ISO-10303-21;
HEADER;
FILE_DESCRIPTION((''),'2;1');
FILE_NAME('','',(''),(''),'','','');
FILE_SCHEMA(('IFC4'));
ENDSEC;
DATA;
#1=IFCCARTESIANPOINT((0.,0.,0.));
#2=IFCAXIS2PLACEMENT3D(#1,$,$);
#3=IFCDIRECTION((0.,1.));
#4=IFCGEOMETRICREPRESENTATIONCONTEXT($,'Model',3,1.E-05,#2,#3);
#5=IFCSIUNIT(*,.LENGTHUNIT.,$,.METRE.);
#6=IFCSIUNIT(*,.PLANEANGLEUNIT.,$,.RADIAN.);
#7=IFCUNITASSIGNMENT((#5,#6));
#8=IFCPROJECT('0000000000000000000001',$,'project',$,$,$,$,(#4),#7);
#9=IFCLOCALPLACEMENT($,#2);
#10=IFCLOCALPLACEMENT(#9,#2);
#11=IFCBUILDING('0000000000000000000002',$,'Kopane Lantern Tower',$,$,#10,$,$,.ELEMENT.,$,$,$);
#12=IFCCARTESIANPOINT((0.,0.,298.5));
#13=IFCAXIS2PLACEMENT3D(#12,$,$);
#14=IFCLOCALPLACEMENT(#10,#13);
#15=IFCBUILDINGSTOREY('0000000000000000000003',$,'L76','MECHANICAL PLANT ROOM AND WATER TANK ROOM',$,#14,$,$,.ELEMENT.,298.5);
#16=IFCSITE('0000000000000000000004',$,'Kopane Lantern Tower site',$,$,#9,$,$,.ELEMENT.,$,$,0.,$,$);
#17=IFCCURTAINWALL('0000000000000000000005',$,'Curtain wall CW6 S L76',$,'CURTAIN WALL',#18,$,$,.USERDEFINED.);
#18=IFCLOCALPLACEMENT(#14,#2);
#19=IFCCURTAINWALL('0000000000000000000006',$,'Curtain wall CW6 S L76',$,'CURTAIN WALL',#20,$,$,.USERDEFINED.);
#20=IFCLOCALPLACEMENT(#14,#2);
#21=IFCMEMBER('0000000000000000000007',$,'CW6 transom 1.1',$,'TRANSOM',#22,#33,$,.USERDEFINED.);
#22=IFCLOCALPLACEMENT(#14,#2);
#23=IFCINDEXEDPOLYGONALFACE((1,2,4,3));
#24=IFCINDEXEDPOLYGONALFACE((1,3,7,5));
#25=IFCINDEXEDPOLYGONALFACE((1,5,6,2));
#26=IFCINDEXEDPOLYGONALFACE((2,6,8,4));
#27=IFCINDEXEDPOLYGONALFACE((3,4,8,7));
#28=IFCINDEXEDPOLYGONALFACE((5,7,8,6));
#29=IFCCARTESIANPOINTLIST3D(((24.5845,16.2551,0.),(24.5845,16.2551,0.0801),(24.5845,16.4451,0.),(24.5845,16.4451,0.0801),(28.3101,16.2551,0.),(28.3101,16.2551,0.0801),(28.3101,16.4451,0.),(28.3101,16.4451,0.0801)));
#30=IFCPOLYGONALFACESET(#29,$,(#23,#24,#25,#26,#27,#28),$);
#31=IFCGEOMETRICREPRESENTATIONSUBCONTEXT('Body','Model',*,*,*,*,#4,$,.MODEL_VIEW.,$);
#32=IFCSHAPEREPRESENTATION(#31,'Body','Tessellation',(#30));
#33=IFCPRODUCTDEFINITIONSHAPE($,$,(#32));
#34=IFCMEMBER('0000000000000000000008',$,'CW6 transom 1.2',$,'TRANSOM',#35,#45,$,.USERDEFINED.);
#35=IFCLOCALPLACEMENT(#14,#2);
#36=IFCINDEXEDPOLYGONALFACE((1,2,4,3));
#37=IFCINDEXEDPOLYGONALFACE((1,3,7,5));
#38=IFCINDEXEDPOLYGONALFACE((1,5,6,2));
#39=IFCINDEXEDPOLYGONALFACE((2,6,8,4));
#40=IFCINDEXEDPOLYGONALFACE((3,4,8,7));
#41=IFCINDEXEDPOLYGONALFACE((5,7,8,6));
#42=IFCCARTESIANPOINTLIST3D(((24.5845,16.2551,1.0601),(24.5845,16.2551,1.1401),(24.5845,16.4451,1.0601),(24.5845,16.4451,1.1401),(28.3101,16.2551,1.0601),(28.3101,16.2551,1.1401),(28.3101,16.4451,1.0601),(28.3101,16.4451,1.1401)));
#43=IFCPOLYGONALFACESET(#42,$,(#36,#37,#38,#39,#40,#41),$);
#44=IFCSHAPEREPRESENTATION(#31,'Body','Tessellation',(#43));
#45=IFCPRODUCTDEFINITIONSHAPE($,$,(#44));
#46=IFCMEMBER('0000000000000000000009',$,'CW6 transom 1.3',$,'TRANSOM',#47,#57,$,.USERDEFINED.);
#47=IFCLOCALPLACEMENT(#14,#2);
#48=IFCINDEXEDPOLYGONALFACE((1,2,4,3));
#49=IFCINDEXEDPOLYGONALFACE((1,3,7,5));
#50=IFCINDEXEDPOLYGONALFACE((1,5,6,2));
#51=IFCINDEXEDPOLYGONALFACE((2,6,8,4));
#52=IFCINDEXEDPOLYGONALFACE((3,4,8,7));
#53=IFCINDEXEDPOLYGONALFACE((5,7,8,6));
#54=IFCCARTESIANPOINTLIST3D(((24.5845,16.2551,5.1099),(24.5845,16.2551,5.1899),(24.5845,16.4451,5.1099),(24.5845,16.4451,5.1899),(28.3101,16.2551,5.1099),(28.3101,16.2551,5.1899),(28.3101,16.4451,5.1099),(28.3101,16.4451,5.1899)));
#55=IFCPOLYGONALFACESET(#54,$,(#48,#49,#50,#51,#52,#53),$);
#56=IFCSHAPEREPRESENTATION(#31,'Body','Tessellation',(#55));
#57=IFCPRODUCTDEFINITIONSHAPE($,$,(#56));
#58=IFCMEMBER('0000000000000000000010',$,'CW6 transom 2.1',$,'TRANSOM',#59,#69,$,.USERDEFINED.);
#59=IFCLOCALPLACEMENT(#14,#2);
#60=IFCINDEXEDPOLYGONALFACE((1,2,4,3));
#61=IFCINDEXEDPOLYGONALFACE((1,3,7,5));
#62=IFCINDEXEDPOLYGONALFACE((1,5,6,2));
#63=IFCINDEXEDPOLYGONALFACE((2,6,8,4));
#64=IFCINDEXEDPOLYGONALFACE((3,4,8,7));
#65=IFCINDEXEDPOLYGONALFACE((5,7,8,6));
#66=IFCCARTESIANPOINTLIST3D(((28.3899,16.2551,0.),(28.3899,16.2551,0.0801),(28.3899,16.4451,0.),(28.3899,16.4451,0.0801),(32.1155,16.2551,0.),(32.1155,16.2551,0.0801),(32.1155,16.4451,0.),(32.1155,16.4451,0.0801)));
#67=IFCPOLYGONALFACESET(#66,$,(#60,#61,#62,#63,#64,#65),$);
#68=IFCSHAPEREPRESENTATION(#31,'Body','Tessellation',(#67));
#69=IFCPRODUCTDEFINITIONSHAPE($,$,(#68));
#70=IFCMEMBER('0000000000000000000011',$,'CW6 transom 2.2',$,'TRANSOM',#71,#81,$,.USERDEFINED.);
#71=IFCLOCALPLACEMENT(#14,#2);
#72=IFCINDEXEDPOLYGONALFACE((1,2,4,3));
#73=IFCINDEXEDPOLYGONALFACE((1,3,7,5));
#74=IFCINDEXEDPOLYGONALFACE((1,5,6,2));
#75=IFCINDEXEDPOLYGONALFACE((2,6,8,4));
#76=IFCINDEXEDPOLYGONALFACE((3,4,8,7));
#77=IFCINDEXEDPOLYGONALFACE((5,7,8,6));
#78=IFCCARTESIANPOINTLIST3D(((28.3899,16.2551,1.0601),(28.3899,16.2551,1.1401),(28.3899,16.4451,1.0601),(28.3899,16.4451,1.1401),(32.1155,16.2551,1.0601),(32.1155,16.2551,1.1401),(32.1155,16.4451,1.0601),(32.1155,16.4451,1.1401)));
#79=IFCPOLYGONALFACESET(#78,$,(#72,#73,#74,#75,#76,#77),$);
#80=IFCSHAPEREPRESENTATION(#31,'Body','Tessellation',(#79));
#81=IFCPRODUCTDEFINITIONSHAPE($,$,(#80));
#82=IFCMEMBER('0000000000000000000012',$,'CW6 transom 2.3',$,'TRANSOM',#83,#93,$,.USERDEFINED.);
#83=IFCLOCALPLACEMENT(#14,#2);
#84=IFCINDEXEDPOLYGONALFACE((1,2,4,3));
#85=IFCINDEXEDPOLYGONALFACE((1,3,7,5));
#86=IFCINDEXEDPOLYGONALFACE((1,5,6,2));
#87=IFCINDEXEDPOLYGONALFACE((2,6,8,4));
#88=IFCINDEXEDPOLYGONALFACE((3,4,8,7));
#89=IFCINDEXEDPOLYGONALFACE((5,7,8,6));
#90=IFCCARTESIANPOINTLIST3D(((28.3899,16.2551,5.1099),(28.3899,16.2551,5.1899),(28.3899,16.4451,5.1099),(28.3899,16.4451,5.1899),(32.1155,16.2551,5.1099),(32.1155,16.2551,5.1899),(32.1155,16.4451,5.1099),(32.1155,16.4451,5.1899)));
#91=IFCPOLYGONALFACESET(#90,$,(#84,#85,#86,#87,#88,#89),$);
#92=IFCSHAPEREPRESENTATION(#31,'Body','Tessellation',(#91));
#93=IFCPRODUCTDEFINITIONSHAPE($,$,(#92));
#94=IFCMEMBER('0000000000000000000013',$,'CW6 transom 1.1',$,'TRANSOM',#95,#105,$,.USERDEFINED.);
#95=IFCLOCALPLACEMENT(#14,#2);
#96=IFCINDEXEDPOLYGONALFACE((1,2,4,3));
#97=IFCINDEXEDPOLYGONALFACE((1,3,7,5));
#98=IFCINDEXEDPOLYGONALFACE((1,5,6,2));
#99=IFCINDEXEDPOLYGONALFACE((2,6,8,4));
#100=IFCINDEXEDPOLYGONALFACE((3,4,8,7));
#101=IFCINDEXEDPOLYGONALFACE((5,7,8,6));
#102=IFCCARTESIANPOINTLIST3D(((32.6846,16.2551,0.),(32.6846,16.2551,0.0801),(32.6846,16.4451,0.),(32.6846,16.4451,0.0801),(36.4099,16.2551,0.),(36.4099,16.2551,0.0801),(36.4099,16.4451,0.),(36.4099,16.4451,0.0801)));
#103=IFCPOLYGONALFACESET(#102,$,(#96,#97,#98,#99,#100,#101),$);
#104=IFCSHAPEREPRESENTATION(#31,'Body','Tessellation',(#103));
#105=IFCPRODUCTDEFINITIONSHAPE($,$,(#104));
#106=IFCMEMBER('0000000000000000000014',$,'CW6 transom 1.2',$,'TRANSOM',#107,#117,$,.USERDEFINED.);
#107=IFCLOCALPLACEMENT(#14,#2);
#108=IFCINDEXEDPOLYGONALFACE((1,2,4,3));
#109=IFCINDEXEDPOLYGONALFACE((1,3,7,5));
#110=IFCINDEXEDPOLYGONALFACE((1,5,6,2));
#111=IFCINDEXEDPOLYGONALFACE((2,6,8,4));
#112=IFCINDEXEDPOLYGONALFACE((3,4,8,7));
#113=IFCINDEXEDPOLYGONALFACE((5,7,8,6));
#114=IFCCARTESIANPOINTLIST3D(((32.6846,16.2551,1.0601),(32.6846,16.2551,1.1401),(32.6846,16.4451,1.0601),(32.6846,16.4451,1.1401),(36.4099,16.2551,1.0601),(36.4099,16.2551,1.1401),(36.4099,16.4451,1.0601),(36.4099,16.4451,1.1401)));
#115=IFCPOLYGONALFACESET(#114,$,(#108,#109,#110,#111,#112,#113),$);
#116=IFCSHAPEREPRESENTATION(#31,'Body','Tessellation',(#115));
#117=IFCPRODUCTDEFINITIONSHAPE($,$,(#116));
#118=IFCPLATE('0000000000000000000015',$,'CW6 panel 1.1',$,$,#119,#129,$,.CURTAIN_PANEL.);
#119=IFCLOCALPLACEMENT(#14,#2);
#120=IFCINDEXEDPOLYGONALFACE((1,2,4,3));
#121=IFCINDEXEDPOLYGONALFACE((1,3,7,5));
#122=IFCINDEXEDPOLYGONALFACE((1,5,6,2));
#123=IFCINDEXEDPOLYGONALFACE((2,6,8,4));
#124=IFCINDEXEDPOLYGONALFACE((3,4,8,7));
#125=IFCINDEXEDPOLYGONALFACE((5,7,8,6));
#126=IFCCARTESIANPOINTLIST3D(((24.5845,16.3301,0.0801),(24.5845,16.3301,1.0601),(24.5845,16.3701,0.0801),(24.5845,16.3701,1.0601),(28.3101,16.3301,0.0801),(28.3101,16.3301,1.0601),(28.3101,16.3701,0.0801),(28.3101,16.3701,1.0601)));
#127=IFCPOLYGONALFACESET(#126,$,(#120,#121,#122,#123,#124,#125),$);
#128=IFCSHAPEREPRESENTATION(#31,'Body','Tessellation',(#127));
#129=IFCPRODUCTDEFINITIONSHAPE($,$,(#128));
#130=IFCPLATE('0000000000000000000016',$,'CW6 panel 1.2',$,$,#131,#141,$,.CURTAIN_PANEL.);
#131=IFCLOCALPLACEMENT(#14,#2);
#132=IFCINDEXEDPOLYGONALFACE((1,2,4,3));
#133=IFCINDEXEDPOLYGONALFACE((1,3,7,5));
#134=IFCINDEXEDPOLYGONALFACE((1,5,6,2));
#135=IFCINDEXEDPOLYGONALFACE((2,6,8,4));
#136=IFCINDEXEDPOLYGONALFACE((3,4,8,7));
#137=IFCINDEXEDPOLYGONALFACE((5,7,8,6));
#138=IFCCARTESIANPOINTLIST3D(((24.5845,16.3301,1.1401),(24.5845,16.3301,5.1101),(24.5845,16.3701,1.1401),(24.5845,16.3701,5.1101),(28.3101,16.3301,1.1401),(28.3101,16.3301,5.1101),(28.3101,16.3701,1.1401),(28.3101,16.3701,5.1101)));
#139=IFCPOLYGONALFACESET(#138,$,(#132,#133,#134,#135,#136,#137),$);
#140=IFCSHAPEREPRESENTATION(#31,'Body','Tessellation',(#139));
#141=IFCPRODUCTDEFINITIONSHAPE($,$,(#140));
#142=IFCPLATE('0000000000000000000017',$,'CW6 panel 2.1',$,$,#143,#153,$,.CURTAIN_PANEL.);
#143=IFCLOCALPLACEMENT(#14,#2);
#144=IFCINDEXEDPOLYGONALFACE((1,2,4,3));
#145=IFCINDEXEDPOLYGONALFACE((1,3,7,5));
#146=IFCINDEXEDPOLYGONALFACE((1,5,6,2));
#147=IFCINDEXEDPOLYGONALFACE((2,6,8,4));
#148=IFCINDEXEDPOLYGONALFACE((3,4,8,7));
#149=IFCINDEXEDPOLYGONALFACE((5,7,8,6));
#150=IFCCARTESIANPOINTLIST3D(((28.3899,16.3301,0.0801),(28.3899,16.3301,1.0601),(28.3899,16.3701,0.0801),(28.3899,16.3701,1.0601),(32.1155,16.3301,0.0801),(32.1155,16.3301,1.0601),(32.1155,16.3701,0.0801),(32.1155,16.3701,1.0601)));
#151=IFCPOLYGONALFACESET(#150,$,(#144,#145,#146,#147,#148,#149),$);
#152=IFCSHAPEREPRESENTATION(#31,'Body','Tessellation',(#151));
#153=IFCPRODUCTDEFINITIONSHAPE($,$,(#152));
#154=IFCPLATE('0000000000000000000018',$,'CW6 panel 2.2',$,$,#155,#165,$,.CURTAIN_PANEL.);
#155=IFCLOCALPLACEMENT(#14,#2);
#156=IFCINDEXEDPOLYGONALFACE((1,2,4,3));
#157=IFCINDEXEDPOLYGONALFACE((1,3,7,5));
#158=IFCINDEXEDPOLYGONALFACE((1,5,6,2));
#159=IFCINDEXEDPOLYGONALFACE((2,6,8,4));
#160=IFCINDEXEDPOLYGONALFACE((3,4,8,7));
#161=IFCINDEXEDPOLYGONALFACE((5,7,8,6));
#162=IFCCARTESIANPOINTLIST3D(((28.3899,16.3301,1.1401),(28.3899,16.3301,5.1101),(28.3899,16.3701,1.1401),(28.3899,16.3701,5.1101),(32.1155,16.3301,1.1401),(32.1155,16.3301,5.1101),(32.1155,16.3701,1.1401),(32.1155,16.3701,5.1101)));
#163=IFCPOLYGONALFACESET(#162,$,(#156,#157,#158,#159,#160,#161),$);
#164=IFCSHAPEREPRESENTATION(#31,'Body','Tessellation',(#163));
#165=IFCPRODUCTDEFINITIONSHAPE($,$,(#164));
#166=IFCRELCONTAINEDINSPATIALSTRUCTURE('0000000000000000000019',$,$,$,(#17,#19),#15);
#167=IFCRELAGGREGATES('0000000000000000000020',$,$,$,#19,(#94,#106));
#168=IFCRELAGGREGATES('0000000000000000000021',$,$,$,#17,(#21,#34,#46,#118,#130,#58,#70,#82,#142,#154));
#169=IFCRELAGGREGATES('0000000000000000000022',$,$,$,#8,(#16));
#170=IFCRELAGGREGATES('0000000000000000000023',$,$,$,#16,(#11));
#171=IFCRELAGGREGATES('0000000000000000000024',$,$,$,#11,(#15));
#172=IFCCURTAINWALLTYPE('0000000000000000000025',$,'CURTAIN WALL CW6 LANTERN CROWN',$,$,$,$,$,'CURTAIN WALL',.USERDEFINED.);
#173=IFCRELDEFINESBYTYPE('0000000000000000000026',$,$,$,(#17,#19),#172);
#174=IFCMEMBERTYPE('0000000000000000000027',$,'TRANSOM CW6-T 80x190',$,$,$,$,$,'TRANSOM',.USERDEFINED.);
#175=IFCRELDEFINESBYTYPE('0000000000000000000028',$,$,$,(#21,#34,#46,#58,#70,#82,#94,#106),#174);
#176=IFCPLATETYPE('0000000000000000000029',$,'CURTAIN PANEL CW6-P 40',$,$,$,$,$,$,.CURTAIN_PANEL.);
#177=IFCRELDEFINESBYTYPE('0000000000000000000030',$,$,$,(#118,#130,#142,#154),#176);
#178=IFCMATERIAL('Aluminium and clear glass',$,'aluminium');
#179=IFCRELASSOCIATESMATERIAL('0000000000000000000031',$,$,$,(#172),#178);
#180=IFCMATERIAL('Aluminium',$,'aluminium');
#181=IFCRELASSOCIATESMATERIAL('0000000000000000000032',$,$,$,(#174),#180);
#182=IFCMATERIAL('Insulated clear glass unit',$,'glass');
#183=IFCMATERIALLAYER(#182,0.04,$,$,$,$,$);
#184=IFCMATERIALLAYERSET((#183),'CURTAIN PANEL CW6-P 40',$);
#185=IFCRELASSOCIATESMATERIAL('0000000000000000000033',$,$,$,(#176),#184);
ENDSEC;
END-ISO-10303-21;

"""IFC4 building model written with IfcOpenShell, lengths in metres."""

from ifc_helpers import new_model, si_unit, direction, frame, origin, origin_2d, place, context, subcontext, project, spatial, rectangle, extrude, material, layer, layer_set, material_profile, profile_set, type_object, element, aggregate, save


model = new_model("IFC4")

# Units and contexts
model_context = context("Model", 3, precision=1e-05, world=origin(), true_north=direction((0.0, 1.0)))
body_context = subcontext(model_context, "Body", "Model", "MODEL_VIEW")
ifc_project = project(units=[si_unit("LENGTHUNIT", "METRE"), si_unit("PLANEANGLEUNIT", "RADIAN")], contexts=[model_context])

# Site, building, storey
site_placement = place(None, origin())
site = spatial("IfcSite", under=ifc_project, at=site_placement, Name="Kopane Lantern Tower site", CompositionType="ELEMENT", RefElevation=0.0)
building_placement = place(site_placement, origin())
building = spatial("IfcBuilding", under=site, at=building_placement, Name="Kopane Lantern Tower", CompositionType="ELEMENT")
storey_placement = place(building_placement, frame((0.0, 0.0, 298.5)))
storey = spatial("IfcBuildingStorey", under=building, at=storey_placement, Name="L76", Description="MECHANICAL PLANT ROOM AND WATER TANK ROOM", CompositionType="ELEMENT", Elevation=298.5)

# Curtain wall
ifc_material_1 = material(Name="Aluminium and clear glass", Category="aluminium")
curtain_wall_type = type_object("IfcCurtainWallType", Name="CURTAIN WALL CW6 LANTERN CROWN", ElementType="CURTAIN WALL", PredefinedType="USERDEFINED", material=ifc_material_1)
curtain_wall_1_placement = place(storey_placement, origin())
curtain_wall_1 = element("IfcCurtainWall", 1, at=curtain_wall_1_placement, inside=storey, type_object=curtain_wall_type, Name="Curtain wall CW6 S L76", ObjectType="CURTAIN WALL", PredefinedType="USERDEFINED")

# Curtain wall
curtain_wall_2_placement = place(storey_placement, origin())
curtain_wall_2 = element("IfcCurtainWall", 2, at=curtain_wall_2_placement, inside=storey, type_object=curtain_wall_type, Name="Curtain wall CW6 S L76", ObjectType="CURTAIN WALL", PredefinedType="USERDEFINED")

# Members
ifc_material_2 = material(Name="Aluminium", Category="aluminium")
ifc_material_profile_1 = material_profile(ifc_material_2, rectangle(XDim=0.1899, YDim=0.0801, at=origin_2d()), Name="AL 190x80")
ifc_profile_set_1 = profile_set([ifc_material_profile_1], Name="Aluminium")
member_type_1 = type_object("IfcMemberType", Name="TRANSOM CW6-T 80x190", ElementType="TRANSOM", PredefinedType="USERDEFINED", material=ifc_profile_set_1)
member_1_placement = place(storey_placement, frame((24.5845, 16.3501, 0.04), z_axis=(1.0, 0.0, 0.0), x_axis=(0.0, 1.0, 0.0)))
member_1 = element("IfcMember", 3, at=member_1_placement, type_object=member_type_1, Name="CW6 transom 1.1", ObjectType="TRANSOM", PredefinedType="USERDEFINED", context=body_context, shape_type="SweptSolid", body=[
    extrude(rectangle(XDim=0.1899, YDim=0.0801, at=origin_2d()), origin(), (0.0, 0.0, 1.0), 3.7256),
])
member_2_placement = place(storey_placement, frame((24.5845, 16.3501, 1.1001), z_axis=(1.0, 0.0, 0.0), x_axis=(0.0, 1.0, 0.0)))
member_2 = element("IfcMember", 4, at=member_2_placement, type_object=member_type_1, Name="CW6 transom 1.2", ObjectType="TRANSOM", PredefinedType="USERDEFINED", context=body_context, shape_type="SweptSolid", body=[
    extrude(rectangle(XDim=0.1899, YDim=0.0801, at=origin_2d()), origin(), (0.0, 0.0, 1.0), 3.7256),
])
member_3_placement = place(storey_placement, frame((24.5845, 16.3501, 5.1499), z_axis=(1.0, 0.0, 0.0), x_axis=(0.0, 1.0, 0.0)))
member_3 = element("IfcMember", 5, at=member_3_placement, type_object=member_type_1, Name="CW6 transom 1.3", ObjectType="TRANSOM", PredefinedType="USERDEFINED", context=body_context, shape_type="SweptSolid", body=[
    extrude(rectangle(XDim=0.1899, YDim=0.0801, at=origin_2d()), origin(), (0.0, 0.0, 1.0), 3.7256),
])
member_4_placement = place(storey_placement, frame((28.3899, 16.3501, 0.04), z_axis=(1.0, 0.0, 0.0), x_axis=(0.0, 1.0, 0.0)))
member_4 = element("IfcMember", 6, at=member_4_placement, type_object=member_type_1, Name="CW6 transom 2.1", ObjectType="TRANSOM", PredefinedType="USERDEFINED", context=body_context, shape_type="SweptSolid", body=[
    extrude(rectangle(XDim=0.1899, YDim=0.0801, at=origin_2d()), origin(), (0.0, 0.0, 1.0), 3.7256),
])
member_5_placement = place(storey_placement, frame((28.3899, 16.3501, 1.1001), z_axis=(1.0, 0.0, 0.0), x_axis=(0.0, 1.0, 0.0)))
member_5 = element("IfcMember", 7, at=member_5_placement, type_object=member_type_1, Name="CW6 transom 2.2", ObjectType="TRANSOM", PredefinedType="USERDEFINED", context=body_context, shape_type="SweptSolid", body=[
    extrude(rectangle(XDim=0.1899, YDim=0.0801, at=origin_2d()), origin(), (0.0, 0.0, 1.0), 3.7256),
])
member_6_placement = place(storey_placement, frame((28.3899, 16.3501, 5.1499), z_axis=(1.0, 0.0, 0.0), x_axis=(0.0, 1.0, 0.0)))
member_6 = element("IfcMember", 8, at=member_6_placement, type_object=member_type_1, Name="CW6 transom 2.3", ObjectType="TRANSOM", PredefinedType="USERDEFINED", context=body_context, shape_type="SweptSolid", body=[
    extrude(rectangle(XDim=0.1899, YDim=0.0801, at=origin_2d()), origin(), (0.0, 0.0, 1.0), 3.7256),
])
member_7_placement = place(storey_placement, frame((32.6846, 16.3501, 0.04), z_axis=(1.0, 0.0, 0.0), x_axis=(0.0, 1.0, 0.0)))
member_7 = element("IfcMember", 9, at=member_7_placement, type_object=member_type_1, Name="CW6 transom 1.1", ObjectType="TRANSOM", PredefinedType="USERDEFINED", context=body_context, shape_type="SweptSolid", body=[
    extrude(rectangle(XDim=0.1899, YDim=0.0801, at=origin_2d()), origin(), (0.0, 0.0, 1.0), 3.7253),
])
member_8_placement = place(storey_placement, frame((32.6846, 16.3501, 1.1001), z_axis=(1.0, 0.0, 0.0), x_axis=(0.0, 1.0, 0.0)))
member_8 = element("IfcMember", 10, at=member_8_placement, type_object=member_type_1, Name="CW6 transom 1.2", ObjectType="TRANSOM", PredefinedType="USERDEFINED", context=body_context, shape_type="SweptSolid", body=[
    extrude(rectangle(XDim=0.1899, YDim=0.0801, at=origin_2d()), origin(), (0.0, 0.0, 1.0), 3.7253),
])
aggregate(curtain_wall_2, [member_7, member_8])

# Plates
ifc_material_3 = material(Name="Insulated clear glass unit", Category="glass")
ifc_layer = layer(ifc_material_3, 0.04)
ifc_layer_set = layer_set([ifc_layer], Name="CURTAIN PANEL CW6-P 40")
plate_type = type_object("IfcPlateType", Name="CURTAIN PANEL CW6-P 40", PredefinedType="CURTAIN_PANEL", material=ifc_layer_set)
plate_1_placement = place(storey_placement, frame((26.4473, 16.3501, 0.0801), z_axis=(0.0, 0.0, 1.0), x_axis=(1.0, 0.0, 0.0)))
plate_1 = element("IfcPlate", 11, at=plate_1_placement, type_object=plate_type, Name="CW6 panel 1.1", PredefinedType="CURTAIN_PANEL", context=body_context, shape_type="SweptSolid", body=[
    extrude(rectangle(XDim=3.7256, YDim=0.04, at=origin_2d()), origin(), (0.0, 0.0, 1.0), 0.98),
])
plate_2_placement = place(storey_placement, frame((26.4473, 16.3501, 1.1401), z_axis=(0.0, 0.0, 1.0), x_axis=(1.0, 0.0, 0.0)))
plate_2 = element("IfcPlate", 12, at=plate_2_placement, type_object=plate_type, Name="CW6 panel 1.2", PredefinedType="CURTAIN_PANEL", context=body_context, shape_type="SweptSolid", body=[
    extrude(rectangle(XDim=3.7256, YDim=0.04, at=origin_2d()), origin(), (0.0, 0.0, 1.0), 3.97),
])
plate_3_placement = place(storey_placement, frame((30.2527, 16.3501, 0.0801), z_axis=(0.0, 0.0, 1.0), x_axis=(1.0, 0.0, 0.0)))
plate_3 = element("IfcPlate", 13, at=plate_3_placement, type_object=plate_type, Name="CW6 panel 2.1", PredefinedType="CURTAIN_PANEL", context=body_context, shape_type="SweptSolid", body=[
    extrude(rectangle(XDim=3.7256, YDim=0.04, at=origin_2d()), origin(), (0.0, 0.0, 1.0), 0.98),
])
plate_4_placement = place(storey_placement, frame((30.2527, 16.3501, 1.1401), z_axis=(0.0, 0.0, 1.0), x_axis=(1.0, 0.0, 0.0)))
plate_4 = element("IfcPlate", 14, at=plate_4_placement, type_object=plate_type, Name="CW6 panel 2.2", PredefinedType="CURTAIN_PANEL", context=body_context, shape_type="SweptSolid", body=[
    extrude(rectangle(XDim=3.7256, YDim=0.04, at=origin_2d()), origin(), (0.0, 0.0, 1.0), 3.97),
])
aggregate(curtain_wall_1, [member_1, member_2, member_3, plate_1, plate_2, member_4, member_5, member_6, plate_3, plate_4])

save(model, "model.ifc")
